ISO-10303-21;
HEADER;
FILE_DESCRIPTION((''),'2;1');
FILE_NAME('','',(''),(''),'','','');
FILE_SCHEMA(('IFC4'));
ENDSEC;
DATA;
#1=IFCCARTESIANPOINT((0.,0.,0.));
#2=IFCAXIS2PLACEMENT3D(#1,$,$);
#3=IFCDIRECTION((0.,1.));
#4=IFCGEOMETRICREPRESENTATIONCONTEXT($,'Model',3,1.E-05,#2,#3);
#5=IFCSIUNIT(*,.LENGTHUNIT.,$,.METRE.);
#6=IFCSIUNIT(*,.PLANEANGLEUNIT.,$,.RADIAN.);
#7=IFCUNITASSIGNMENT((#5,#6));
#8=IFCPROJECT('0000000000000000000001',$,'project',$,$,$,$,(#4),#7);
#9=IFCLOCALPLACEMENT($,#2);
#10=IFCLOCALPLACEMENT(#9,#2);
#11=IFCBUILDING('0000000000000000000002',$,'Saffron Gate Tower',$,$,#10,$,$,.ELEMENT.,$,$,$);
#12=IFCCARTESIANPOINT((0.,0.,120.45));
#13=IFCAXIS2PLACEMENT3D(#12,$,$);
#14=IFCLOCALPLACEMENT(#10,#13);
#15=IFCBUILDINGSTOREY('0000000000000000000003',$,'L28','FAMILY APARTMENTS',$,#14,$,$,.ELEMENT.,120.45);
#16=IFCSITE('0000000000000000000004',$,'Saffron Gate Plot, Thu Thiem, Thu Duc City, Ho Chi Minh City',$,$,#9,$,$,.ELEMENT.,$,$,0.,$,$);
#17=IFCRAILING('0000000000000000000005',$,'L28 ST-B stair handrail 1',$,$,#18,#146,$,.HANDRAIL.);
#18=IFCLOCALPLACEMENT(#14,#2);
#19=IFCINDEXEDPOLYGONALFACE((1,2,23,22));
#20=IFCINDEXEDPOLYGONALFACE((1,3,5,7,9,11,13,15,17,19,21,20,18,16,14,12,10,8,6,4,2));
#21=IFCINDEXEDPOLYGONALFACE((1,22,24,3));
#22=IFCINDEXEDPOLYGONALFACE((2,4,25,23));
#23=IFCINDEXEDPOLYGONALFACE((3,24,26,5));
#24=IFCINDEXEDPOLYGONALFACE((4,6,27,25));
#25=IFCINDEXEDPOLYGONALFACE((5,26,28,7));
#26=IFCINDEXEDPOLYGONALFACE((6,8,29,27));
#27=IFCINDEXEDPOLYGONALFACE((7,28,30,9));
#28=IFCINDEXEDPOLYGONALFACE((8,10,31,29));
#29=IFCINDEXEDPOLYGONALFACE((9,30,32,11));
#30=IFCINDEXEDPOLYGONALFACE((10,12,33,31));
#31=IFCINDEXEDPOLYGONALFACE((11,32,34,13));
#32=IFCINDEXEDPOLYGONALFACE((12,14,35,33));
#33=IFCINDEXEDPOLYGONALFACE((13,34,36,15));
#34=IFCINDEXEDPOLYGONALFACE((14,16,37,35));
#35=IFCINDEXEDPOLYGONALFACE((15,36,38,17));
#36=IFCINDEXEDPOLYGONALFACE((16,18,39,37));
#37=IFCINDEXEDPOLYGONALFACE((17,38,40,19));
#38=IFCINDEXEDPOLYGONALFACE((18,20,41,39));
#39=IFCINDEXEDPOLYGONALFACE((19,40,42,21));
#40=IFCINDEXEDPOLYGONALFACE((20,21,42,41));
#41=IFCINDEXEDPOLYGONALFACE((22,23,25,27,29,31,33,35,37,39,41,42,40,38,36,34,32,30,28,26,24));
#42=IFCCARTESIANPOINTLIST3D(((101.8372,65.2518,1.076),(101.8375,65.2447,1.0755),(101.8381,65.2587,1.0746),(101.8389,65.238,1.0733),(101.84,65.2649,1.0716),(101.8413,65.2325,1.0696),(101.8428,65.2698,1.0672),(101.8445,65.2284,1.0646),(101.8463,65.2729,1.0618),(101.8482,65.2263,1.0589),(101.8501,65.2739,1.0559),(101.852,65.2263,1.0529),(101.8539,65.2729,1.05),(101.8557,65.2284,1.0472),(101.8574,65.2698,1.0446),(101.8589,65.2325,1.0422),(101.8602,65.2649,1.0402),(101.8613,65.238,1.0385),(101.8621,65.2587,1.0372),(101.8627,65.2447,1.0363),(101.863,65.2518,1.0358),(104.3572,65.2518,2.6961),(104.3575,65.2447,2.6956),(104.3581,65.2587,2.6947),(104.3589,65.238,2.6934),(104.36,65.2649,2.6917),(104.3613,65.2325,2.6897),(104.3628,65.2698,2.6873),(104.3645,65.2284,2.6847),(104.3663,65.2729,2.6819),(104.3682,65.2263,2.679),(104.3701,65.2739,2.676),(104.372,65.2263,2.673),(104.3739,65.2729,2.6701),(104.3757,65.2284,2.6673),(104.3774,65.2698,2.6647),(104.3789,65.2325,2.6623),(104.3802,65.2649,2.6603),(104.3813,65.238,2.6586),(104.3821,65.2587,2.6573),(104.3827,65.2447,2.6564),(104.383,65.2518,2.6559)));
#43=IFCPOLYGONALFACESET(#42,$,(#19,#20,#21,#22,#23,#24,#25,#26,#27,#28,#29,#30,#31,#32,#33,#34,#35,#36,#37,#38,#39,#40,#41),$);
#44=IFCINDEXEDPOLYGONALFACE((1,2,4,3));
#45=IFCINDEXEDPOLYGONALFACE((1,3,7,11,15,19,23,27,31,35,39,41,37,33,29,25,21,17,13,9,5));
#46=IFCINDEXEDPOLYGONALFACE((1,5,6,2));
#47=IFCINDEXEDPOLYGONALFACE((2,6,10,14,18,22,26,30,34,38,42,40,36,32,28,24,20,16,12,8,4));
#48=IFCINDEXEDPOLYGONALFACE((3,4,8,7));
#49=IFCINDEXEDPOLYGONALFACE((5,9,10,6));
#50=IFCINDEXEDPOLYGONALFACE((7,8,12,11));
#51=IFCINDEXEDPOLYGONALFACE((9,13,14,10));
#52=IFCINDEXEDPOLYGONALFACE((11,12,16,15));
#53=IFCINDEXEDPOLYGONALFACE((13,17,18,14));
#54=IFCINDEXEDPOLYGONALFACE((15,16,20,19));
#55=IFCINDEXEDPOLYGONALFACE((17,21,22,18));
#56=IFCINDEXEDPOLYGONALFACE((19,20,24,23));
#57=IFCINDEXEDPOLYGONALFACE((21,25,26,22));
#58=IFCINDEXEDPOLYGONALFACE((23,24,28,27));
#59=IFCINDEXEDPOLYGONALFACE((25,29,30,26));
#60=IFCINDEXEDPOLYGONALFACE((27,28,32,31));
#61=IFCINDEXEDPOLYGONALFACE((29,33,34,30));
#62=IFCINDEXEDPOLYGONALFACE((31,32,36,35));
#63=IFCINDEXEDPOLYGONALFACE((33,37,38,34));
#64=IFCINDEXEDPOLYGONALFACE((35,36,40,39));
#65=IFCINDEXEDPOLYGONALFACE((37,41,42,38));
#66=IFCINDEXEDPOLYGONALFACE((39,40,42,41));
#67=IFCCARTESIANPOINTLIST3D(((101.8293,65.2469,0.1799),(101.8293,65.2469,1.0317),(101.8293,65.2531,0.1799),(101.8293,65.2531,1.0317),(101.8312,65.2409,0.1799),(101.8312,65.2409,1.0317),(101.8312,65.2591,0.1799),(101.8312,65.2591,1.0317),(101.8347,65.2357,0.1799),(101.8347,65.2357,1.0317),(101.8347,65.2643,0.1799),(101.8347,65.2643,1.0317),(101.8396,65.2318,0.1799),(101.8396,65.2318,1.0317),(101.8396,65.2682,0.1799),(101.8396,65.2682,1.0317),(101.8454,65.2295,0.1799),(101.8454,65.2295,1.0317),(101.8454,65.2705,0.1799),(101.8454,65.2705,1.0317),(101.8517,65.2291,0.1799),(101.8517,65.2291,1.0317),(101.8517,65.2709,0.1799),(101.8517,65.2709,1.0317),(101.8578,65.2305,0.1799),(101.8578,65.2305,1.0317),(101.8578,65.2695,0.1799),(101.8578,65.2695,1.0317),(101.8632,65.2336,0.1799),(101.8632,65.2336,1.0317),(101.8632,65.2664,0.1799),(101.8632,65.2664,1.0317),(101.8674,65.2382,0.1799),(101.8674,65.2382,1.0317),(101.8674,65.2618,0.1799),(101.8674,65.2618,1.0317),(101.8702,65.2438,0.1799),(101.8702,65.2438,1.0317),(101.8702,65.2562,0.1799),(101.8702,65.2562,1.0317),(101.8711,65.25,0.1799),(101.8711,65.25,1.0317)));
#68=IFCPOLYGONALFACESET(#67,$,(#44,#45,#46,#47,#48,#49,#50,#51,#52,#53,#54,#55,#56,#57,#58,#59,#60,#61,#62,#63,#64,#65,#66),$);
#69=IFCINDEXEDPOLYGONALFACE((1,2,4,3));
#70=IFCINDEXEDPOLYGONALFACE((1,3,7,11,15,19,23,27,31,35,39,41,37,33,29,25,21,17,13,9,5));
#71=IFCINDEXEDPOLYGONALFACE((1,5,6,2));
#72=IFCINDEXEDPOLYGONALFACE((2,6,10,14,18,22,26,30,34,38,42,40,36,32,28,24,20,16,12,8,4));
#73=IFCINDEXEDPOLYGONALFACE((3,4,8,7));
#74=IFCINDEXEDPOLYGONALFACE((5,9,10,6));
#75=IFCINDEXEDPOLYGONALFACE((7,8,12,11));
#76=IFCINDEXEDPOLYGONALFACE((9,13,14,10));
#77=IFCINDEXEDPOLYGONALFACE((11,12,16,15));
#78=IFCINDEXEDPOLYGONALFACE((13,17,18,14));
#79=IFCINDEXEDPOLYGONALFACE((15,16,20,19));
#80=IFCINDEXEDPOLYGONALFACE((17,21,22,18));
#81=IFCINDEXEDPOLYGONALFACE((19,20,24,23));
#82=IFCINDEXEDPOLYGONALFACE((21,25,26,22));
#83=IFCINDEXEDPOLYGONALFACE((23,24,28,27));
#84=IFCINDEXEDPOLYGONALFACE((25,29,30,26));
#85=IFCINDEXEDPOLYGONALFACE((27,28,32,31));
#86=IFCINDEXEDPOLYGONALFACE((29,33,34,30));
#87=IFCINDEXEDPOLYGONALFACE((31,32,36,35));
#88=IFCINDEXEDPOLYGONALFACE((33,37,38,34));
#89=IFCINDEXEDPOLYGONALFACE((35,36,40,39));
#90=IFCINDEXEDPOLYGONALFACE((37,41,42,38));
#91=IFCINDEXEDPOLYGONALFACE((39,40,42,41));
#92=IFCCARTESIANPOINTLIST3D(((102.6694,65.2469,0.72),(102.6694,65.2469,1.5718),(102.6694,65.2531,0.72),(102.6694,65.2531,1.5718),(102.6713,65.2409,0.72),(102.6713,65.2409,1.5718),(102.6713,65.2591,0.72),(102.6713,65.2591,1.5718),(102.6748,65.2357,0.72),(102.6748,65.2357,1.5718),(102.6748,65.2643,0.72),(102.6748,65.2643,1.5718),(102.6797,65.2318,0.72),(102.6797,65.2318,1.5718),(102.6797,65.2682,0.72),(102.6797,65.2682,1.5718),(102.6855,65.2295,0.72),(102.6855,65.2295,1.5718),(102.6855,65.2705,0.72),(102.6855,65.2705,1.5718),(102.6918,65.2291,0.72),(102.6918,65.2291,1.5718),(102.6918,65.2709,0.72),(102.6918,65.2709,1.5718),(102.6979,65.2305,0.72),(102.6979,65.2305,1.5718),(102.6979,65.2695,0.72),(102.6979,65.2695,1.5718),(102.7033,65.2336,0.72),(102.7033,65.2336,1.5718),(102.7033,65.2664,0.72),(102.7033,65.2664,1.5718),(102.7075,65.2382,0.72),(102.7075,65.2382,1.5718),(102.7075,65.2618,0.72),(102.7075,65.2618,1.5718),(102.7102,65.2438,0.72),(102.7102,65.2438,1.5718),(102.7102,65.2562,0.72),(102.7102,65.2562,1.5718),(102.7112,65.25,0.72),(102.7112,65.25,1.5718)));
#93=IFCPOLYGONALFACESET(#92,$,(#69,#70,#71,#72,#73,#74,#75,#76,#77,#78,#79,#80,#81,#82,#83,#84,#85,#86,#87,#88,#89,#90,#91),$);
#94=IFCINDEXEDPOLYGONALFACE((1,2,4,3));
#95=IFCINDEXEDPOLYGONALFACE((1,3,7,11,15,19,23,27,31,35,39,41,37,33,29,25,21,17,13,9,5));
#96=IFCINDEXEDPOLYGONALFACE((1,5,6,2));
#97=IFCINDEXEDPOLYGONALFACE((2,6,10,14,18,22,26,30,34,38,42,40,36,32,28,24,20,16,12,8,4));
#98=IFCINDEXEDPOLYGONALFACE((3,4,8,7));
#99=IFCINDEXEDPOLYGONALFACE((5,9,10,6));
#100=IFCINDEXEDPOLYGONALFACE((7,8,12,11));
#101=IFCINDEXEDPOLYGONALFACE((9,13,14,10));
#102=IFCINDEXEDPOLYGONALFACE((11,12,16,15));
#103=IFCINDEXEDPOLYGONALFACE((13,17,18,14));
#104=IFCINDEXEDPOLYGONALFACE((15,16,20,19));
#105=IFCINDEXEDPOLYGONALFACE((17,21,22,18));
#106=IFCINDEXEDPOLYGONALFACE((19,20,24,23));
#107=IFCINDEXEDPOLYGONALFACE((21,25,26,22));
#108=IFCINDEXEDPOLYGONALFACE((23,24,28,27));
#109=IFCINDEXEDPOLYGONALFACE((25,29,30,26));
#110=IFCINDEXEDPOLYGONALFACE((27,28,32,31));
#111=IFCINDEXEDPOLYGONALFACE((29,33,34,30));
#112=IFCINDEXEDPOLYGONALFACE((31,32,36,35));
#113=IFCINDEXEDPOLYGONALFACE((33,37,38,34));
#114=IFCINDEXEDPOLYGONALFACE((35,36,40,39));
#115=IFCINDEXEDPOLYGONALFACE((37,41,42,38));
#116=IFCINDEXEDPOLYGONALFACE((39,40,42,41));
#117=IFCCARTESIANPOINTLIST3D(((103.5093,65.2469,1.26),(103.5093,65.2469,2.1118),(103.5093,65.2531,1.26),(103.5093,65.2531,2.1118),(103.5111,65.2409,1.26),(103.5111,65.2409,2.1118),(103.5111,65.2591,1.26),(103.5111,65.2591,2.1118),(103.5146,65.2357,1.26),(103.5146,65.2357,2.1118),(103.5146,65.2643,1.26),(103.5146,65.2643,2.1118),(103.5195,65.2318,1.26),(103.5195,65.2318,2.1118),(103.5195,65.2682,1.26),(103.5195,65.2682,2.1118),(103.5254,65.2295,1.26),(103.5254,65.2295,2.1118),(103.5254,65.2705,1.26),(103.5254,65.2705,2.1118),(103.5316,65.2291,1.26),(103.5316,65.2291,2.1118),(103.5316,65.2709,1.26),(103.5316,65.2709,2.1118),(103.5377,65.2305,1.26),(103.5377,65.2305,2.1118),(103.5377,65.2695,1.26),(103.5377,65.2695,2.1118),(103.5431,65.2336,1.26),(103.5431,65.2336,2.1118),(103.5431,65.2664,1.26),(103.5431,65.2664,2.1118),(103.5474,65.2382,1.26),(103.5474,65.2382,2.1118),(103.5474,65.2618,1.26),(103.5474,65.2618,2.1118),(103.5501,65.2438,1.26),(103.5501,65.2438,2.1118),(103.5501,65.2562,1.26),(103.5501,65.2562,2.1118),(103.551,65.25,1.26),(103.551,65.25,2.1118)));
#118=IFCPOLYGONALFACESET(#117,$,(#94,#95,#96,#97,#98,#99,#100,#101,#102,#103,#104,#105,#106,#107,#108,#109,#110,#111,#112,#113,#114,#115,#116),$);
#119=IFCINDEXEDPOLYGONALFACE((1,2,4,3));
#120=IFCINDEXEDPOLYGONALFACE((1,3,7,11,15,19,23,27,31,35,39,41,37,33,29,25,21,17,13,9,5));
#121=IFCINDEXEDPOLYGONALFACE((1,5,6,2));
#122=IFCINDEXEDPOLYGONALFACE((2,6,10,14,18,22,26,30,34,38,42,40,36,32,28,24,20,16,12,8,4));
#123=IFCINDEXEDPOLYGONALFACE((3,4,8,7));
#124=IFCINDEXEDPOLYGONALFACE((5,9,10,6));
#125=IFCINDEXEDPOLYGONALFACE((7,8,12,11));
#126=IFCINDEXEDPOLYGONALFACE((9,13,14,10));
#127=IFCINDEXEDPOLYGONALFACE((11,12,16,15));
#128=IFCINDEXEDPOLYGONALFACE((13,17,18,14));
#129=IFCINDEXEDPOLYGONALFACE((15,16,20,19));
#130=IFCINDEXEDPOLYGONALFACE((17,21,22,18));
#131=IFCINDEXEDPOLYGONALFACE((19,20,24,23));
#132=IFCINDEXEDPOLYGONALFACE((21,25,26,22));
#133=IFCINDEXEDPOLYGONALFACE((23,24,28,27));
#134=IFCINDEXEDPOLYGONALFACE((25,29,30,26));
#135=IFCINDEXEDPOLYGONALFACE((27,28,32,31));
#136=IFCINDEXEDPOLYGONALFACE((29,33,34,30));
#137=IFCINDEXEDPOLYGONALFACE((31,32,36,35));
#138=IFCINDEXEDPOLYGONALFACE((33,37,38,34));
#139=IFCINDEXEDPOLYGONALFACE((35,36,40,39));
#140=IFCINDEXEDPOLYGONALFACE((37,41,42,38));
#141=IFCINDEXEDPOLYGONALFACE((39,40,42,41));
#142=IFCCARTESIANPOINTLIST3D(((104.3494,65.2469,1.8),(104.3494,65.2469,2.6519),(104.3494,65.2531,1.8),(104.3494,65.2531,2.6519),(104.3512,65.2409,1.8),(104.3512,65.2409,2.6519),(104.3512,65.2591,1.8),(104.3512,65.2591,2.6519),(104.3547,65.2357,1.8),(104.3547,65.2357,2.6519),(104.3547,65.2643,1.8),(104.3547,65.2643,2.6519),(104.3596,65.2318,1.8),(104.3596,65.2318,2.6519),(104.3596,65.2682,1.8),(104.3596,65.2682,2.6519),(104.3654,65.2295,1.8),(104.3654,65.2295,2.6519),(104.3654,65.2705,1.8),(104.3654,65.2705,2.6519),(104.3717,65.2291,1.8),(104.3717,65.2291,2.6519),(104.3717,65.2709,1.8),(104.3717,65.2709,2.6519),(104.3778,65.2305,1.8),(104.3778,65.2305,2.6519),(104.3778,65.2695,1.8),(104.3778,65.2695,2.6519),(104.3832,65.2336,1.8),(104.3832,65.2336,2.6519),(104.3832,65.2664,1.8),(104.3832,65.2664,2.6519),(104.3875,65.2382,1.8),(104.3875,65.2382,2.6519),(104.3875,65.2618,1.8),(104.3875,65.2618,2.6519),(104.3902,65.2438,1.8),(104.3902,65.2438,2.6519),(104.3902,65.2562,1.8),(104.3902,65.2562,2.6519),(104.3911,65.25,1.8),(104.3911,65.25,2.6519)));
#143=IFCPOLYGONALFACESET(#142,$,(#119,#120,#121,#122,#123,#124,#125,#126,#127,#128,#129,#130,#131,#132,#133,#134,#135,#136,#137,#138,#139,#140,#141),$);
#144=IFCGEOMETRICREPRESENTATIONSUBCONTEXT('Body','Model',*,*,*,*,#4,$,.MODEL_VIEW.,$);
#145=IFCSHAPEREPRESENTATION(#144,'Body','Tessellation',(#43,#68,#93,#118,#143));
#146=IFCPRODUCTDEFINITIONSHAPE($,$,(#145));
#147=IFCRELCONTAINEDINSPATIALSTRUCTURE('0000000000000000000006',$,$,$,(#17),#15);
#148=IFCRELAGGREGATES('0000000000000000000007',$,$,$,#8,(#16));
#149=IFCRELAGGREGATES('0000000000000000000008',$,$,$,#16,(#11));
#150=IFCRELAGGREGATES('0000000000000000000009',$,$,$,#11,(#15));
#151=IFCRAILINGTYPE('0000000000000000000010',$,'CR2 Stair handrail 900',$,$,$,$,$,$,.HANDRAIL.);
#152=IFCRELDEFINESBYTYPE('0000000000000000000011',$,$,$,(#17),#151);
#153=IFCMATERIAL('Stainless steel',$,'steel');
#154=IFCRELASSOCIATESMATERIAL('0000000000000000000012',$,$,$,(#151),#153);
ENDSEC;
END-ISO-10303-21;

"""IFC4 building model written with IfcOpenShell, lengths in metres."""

from ifc_helpers import new_model, si_unit, direction, frame, origin, origin_2d, place, context, subcontext, project, spatial, circle, extrude, material, type_object, element, save


model = new_model("IFC4")

# Units and contexts
model_context = context("Model", 3, precision=1e-05, world=origin(), true_north=direction((0.0, 1.0)))
body_context = subcontext(model_context, "Body", "Model", "MODEL_VIEW")
ifc_project = project(units=[si_unit("LENGTHUNIT", "METRE"), si_unit("PLANEANGLEUNIT", "RADIAN")], contexts=[model_context])

# Site, building, storey
site_placement = place(None, origin())
site = spatial("IfcSite", under=ifc_project, at=site_placement, Name="Saffron Gate Plot, Thu Thiem, Thu Duc City, Ho Chi Minh City", CompositionType="ELEMENT", RefElevation=0.0)
building_placement = place(site_placement, origin())
building = spatial("IfcBuilding", under=site, at=building_placement, Name="Saffron Gate Tower", CompositionType="ELEMENT")
storey_placement = place(building_placement, frame((0.0, 0.0, 120.45)))
storey = spatial("IfcBuildingStorey", under=building, at=storey_placement, Name="L28", Description="FAMILY APARTMENTS", CompositionType="ELEMENT", Elevation=120.45)

# Railing
ifc_material_1 = material(Name="Stainless steel", Category="steel")
railing_type_1 = type_object("IfcRailingType", Name="CR2 Stair handrail 900", PredefinedType="HANDRAIL", material=ifc_material_1)
railing_1_placement = place(storey_placement, frame((101.8501, 65.25, 0.1799)))
element("IfcRailing", 1, at=railing_1_placement, inside=storey, type_object=railing_type_1, Name="L28 ST-B stair handrail 1", PredefinedType="HANDRAIL", context=body_context, shape_type="SweptSolid", body=[
    extrude(circle(Radius=0.0239, at=origin_2d()), frame((0.0, 0.0, 0.876), z_axis=(0.841163, 0.0, 0.540782), x_axis=(0.0, 1.0, 0.0)), (0.0, 0.0, 1.0), 2.9958),
    extrude(circle(Radius=0.021, at=origin_2d()), origin(), (0.0, 0.0, 1.0), 0.8518),
    extrude(circle(Radius=0.021, at=origin_2d()), frame((0.8401, 0.0, 0.54)), (0.0, 0.0, 1.0), 0.8518),
    extrude(circle(Radius=0.021, at=origin_2d()), frame((1.6799, 0.0, 1.0801)), (0.0, 0.0, 1.0), 0.8518),
    extrude(circle(Radius=0.021, at=origin_2d()), frame((2.52, 0.0, 1.6201)), (0.0, 0.0, 1.0), 0.8518),
])

save(model, "model.ifc")
